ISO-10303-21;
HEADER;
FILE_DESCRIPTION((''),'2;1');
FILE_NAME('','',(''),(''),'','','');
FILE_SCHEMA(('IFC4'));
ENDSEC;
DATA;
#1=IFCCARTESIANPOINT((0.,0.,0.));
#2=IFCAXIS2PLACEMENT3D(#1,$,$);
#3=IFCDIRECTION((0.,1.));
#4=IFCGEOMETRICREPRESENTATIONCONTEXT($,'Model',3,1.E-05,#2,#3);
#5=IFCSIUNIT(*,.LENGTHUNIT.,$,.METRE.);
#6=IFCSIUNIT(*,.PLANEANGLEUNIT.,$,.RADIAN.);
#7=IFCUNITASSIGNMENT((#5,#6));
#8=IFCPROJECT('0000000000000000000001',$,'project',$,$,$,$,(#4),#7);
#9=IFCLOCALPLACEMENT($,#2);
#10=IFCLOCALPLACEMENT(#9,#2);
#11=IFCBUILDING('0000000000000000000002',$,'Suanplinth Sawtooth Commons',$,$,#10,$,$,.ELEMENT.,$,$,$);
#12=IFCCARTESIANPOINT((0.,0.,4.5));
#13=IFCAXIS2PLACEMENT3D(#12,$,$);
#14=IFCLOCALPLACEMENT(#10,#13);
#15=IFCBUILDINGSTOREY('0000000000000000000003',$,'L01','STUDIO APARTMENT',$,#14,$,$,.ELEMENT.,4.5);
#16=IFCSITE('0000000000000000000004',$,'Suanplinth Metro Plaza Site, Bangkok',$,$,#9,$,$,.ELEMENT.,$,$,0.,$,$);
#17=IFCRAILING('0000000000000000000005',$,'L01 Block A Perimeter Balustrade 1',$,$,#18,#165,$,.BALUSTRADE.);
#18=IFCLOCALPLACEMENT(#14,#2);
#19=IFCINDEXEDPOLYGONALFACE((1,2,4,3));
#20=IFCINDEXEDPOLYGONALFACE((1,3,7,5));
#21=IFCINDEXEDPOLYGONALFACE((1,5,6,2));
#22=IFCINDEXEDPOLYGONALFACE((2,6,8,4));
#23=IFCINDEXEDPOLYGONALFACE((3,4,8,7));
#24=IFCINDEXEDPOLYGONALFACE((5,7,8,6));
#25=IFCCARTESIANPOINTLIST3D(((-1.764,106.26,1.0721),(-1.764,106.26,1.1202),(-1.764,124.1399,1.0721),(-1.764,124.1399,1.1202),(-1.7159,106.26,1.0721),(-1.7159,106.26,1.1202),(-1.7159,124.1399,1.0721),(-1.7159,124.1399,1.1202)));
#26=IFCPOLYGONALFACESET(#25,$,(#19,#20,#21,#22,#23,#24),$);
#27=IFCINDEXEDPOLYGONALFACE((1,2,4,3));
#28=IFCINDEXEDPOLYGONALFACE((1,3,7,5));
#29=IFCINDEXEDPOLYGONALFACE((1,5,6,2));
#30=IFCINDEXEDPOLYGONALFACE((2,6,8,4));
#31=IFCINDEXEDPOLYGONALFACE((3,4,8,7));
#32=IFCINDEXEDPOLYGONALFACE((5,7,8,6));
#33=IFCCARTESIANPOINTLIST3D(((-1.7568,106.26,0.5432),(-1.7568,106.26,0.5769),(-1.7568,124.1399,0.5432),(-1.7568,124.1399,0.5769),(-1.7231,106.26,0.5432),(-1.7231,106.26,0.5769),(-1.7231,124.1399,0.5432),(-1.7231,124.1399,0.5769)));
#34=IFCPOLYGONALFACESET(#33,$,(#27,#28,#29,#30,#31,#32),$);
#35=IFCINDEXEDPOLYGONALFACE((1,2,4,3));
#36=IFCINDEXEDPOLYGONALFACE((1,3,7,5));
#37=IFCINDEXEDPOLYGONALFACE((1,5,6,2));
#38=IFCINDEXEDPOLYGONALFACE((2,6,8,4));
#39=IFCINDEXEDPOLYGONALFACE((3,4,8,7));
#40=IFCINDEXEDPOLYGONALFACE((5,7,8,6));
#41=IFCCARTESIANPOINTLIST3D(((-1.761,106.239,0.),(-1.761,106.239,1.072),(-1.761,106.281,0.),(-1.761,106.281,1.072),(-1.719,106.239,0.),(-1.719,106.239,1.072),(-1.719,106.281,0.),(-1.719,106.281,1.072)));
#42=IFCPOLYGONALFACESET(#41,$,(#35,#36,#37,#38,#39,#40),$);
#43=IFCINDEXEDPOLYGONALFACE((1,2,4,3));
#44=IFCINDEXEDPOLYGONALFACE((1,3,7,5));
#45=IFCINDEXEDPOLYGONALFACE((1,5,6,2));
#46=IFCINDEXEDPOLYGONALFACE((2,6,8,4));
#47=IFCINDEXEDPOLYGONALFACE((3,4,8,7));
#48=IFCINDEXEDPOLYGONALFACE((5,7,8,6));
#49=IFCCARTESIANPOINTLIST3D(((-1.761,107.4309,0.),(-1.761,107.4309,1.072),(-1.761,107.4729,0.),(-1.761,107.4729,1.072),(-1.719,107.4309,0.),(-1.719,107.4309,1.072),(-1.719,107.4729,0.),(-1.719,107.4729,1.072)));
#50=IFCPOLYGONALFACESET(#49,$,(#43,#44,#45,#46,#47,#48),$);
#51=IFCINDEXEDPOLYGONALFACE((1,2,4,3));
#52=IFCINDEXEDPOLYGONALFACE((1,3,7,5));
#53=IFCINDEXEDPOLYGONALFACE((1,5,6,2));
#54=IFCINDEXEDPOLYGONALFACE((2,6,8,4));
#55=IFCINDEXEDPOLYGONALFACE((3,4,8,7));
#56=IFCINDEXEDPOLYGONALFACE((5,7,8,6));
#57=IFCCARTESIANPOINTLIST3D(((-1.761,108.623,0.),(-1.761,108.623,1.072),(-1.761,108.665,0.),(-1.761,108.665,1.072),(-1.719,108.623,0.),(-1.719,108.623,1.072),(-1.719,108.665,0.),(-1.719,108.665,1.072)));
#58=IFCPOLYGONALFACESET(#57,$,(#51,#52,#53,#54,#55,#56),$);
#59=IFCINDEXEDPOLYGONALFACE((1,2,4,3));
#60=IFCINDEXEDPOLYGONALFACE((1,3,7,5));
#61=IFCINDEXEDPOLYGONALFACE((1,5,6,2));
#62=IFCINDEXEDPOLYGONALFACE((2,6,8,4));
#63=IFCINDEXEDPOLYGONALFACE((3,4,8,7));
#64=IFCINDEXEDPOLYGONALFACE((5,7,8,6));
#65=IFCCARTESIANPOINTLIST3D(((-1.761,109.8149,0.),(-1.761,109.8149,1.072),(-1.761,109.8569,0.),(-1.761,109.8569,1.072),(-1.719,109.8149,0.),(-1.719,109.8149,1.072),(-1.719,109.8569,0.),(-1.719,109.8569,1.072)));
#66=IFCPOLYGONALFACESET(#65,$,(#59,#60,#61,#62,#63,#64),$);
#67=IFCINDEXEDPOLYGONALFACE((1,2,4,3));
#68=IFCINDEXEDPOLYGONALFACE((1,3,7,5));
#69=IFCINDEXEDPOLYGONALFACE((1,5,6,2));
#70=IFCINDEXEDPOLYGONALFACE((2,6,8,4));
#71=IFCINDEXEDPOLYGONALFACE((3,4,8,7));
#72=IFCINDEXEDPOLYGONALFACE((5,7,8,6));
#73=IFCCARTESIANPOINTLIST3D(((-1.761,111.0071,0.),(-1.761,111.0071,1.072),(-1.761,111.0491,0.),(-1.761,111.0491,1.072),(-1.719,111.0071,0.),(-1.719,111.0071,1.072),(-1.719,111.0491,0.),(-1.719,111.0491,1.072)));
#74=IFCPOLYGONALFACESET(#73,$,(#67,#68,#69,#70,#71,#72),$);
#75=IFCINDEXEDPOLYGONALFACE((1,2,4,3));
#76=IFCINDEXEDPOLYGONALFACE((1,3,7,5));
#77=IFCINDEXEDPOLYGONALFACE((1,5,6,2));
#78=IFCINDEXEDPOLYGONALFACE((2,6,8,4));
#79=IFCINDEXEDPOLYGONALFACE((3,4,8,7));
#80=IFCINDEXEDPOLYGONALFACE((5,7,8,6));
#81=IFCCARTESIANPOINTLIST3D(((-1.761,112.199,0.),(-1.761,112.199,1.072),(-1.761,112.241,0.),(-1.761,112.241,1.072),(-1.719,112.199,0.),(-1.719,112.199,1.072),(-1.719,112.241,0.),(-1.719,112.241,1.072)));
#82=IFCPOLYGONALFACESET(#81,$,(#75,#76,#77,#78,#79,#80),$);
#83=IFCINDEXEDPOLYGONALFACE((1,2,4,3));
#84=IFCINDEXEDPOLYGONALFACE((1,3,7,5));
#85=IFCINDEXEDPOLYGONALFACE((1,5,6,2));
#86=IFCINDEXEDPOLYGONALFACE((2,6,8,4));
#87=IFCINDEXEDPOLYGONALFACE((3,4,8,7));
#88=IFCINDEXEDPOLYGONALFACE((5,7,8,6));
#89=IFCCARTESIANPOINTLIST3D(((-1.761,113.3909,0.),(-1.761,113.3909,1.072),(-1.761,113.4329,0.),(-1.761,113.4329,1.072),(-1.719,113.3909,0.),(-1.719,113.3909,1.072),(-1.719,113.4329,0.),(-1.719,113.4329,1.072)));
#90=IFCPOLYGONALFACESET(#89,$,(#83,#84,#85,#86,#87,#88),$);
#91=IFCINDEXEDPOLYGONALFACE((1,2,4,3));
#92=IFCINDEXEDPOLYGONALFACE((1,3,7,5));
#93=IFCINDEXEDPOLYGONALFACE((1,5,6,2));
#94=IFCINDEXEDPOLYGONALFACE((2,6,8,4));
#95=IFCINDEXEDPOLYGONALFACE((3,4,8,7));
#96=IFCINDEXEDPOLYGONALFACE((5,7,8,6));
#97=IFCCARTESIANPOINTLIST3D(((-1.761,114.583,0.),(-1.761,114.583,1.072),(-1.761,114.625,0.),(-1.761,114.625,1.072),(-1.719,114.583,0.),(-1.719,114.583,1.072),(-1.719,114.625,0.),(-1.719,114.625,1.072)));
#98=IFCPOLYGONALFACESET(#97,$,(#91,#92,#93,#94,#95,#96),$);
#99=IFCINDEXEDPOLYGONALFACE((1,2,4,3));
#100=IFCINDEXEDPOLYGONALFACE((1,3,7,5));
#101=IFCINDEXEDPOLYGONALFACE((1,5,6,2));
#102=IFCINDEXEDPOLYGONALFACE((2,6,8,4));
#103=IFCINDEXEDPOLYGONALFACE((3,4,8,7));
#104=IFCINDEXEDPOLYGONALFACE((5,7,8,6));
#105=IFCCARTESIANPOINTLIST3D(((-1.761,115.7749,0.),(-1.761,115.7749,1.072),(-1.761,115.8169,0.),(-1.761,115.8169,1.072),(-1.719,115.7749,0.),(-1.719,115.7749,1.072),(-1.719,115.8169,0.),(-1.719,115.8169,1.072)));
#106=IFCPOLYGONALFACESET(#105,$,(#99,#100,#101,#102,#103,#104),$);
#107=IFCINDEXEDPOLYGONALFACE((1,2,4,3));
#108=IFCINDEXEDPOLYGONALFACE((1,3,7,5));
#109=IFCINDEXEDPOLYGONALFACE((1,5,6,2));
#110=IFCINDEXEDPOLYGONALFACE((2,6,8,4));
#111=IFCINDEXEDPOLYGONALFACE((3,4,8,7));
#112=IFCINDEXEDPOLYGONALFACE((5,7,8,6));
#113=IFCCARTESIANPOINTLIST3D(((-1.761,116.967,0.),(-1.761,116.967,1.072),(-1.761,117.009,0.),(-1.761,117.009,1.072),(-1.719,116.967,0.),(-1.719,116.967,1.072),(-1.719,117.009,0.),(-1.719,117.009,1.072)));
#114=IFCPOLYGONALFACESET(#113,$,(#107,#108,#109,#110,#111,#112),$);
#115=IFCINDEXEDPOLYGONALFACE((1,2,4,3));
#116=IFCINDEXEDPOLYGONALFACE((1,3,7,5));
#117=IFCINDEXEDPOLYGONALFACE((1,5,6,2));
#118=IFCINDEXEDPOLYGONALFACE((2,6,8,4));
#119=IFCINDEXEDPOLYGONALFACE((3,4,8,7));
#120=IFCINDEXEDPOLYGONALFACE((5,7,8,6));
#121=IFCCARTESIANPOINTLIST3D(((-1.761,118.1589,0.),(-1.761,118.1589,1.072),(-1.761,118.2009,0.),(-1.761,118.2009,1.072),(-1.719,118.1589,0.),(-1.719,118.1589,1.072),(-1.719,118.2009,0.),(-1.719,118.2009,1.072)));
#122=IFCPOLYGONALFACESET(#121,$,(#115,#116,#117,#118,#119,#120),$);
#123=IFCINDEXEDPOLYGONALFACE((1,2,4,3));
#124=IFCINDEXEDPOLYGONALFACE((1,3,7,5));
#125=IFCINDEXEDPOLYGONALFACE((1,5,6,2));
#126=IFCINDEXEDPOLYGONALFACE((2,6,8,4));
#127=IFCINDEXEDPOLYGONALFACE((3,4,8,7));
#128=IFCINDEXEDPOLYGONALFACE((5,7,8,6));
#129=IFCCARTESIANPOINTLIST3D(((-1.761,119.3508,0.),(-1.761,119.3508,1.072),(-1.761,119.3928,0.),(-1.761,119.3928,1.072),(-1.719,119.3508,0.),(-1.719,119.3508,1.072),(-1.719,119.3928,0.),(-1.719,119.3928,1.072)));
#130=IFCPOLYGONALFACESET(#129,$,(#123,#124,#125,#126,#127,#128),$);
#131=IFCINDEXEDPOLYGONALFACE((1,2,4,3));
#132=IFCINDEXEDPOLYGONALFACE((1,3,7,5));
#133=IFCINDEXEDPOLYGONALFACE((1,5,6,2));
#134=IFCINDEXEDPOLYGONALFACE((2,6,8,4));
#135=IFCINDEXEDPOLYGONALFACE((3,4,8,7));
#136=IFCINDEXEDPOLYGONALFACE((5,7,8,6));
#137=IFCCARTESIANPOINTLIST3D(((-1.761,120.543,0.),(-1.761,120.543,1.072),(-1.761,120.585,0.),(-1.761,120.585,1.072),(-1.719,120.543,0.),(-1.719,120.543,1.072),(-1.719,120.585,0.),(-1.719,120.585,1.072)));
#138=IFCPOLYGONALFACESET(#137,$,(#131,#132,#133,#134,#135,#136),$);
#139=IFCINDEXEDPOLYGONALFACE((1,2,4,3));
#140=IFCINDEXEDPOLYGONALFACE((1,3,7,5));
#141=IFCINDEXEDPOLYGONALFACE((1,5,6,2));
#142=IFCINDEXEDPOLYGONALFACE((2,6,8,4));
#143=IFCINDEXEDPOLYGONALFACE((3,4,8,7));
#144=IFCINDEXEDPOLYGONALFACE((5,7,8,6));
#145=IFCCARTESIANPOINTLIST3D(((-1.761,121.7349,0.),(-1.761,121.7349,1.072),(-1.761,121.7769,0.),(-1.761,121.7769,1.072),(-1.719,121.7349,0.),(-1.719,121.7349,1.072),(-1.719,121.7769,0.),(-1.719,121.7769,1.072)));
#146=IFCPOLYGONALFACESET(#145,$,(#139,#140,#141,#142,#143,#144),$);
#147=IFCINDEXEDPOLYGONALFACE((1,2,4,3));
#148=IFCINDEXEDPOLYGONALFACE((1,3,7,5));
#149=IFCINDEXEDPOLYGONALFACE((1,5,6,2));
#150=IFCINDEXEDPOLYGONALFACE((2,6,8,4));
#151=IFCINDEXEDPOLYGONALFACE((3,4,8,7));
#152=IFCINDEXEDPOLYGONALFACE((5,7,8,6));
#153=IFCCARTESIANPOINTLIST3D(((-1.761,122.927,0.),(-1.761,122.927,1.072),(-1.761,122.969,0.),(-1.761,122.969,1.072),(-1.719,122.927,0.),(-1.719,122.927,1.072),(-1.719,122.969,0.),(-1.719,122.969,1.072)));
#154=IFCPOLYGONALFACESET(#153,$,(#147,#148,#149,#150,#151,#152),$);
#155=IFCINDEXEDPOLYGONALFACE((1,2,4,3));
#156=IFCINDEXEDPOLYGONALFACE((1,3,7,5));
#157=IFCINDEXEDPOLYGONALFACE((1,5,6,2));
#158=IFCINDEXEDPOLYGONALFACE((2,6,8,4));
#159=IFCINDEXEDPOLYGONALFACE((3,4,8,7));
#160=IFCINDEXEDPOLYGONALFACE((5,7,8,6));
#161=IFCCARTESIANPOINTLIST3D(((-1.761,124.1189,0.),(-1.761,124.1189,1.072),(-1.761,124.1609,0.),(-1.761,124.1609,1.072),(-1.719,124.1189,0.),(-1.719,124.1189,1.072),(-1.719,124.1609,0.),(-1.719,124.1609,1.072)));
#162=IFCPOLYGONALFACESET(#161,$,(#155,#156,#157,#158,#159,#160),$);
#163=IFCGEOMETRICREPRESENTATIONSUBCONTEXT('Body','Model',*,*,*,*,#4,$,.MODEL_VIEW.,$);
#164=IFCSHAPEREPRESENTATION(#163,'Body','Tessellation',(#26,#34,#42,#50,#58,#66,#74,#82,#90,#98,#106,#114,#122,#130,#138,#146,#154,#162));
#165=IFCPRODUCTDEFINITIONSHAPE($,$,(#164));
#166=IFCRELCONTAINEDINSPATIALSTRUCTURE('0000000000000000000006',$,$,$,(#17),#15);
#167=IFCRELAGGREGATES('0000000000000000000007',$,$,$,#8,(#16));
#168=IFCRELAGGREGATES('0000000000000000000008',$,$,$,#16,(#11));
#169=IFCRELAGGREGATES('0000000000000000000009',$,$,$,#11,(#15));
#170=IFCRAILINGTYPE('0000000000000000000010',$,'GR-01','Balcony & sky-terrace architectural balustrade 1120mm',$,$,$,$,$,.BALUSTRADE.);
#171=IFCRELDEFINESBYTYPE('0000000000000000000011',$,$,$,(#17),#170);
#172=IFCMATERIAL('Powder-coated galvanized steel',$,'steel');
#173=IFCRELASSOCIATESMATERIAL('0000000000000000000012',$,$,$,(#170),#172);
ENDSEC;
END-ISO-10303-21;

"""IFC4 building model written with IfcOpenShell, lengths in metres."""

from ifc_helpers import new_model, si_unit, direction, frame, origin, origin_2d, place, context, subcontext, project, spatial, rectangle, extrude, material, type_object, element, save


model = new_model("IFC4")

# Units and contexts
model_context = context("Model", 3, precision=1e-05, world=origin(), true_north=direction((0.0, 1.0)))
body_context = subcontext(model_context, "Body", "Model", "MODEL_VIEW")
ifc_project = project(units=[si_unit("LENGTHUNIT", "METRE"), si_unit("PLANEANGLEUNIT", "RADIAN")], contexts=[model_context])

# Site, building, storey
site_placement = place(None, origin())
site = spatial("IfcSite", under=ifc_project, at=site_placement, Name="Suanplinth Metro Plaza Site, Bangkok", CompositionType="ELEMENT", RefElevation=0.0)
building_placement = place(site_placement, origin())
building = spatial("IfcBuilding", under=site, at=building_placement, Name="Suanplinth Sawtooth Commons", CompositionType="ELEMENT")
storey_placement = place(building_placement, frame((0.0, 0.0, 4.5)))
storey = spatial("IfcBuildingStorey", under=building, at=storey_placement, Name="L01", Description="STUDIO APARTMENT", CompositionType="ELEMENT", Elevation=4.5)

# Railing
ifc_material_1 = material(Name="Powder-coated galvanized steel", Category="steel")
railing_type = type_object("IfcRailingType", Name="GR-01", Description="Balcony & sky-terrace architectural balustrade 1120mm", PredefinedType="BALUSTRADE", material=ifc_material_1)
railing_placement = place(storey_placement, frame((-1.74, 106.26, 0.0)))
element("IfcRailing", 1, at=railing_placement, inside=storey, type_object=railing_type, Name="L01 Block A Perimeter Balustrade 1", PredefinedType="BALUSTRADE", context=body_context, shape_type="SweptSolid", body=[
    extrude(rectangle(XDim=0.0481, YDim=0.0481, at=origin_2d()), frame((0.0, 0.0, 1.0962), z_axis=(0.0, 1.0, 0.0), x_axis=(-1.0, 0.0, 0.0)), (0.0, 0.0, 1.0), 17.8799),
    extrude(rectangle(XDim=0.0337, YDim=0.0337, at=origin_2d()), frame((0.0, 0.0, 0.5601), z_axis=(0.0, 1.0, 0.0), x_axis=(-1.0, 0.0, 0.0)), (0.0, 0.0, 1.0), 17.8799),
    extrude(rectangle(XDim=0.042, YDim=0.042, at=origin_2d()), origin(), (0.0, 0.0, 1.0), 1.072),
    extrude(rectangle(XDim=0.042, YDim=0.042, at=origin_2d()), frame((0.0, 1.1919, 0.0)), (0.0, 0.0, 1.0), 1.072),
    extrude(rectangle(XDim=0.042, YDim=0.042, at=origin_2d()), frame((0.0, 2.384, 0.0)), (0.0, 0.0, 1.0), 1.072),
    extrude(rectangle(XDim=0.042, YDim=0.042, at=origin_2d()), frame((0.0, 3.5759, 0.0)), (0.0, 0.0, 1.0), 1.072),
    extrude(rectangle(XDim=0.042, YDim=0.042, at=origin_2d()), frame((0.0, 4.7681, 0.0)), (0.0, 0.0, 1.0), 1.072),
    extrude(rectangle(XDim=0.042, YDim=0.042, at=origin_2d()), frame((0.0, 5.96, 0.0)), (0.0, 0.0, 1.0), 1.072),
    extrude(rectangle(XDim=0.042, YDim=0.042, at=origin_2d()), frame((0.0, 7.1519, 0.0)), (0.0, 0.0, 1.0), 1.072),
    extrude(rectangle(XDim=0.042, YDim=0.042, at=origin_2d()), frame((0.0, 8.344, 0.0)), (0.0, 0.0, 1.0), 1.072),
    extrude(rectangle(XDim=0.042, YDim=0.042, at=origin_2d()), frame((0.0, 9.5359, 0.0)), (0.0, 0.0, 1.0), 1.072),
    extrude(rectangle(XDim=0.042, YDim=0.042, at=origin_2d()), frame((0.0, 10.728, 0.0)), (0.0, 0.0, 1.0), 1.072),
    extrude(rectangle(XDim=0.042, YDim=0.042, at=origin_2d()), frame((0.0, 11.9199, 0.0)), (0.0, 0.0, 1.0), 1.072),
    extrude(rectangle(XDim=0.042, YDim=0.042, at=origin_2d()), frame((0.0, 13.1118, 0.0)), (0.0, 0.0, 1.0), 1.072),
    extrude(rectangle(XDim=0.042, YDim=0.042, at=origin_2d()), frame((0.0, 14.304, 0.0)), (0.0, 0.0, 1.0), 1.072),
    extrude(rectangle(XDim=0.042, YDim=0.042, at=origin_2d()), frame((0.0, 15.4958, 0.0)), (0.0, 0.0, 1.0), 1.072),
    extrude(rectangle(XDim=0.042, YDim=0.042, at=origin_2d()), frame((0.0, 16.688, 0.0)), (0.0, 0.0, 1.0), 1.072),
    extrude(rectangle(XDim=0.042, YDim=0.042, at=origin_2d()), frame((0.0, 17.8799, 0.0)), (0.0, 0.0, 1.0), 1.072),
])

save(model, "model.ifc")
